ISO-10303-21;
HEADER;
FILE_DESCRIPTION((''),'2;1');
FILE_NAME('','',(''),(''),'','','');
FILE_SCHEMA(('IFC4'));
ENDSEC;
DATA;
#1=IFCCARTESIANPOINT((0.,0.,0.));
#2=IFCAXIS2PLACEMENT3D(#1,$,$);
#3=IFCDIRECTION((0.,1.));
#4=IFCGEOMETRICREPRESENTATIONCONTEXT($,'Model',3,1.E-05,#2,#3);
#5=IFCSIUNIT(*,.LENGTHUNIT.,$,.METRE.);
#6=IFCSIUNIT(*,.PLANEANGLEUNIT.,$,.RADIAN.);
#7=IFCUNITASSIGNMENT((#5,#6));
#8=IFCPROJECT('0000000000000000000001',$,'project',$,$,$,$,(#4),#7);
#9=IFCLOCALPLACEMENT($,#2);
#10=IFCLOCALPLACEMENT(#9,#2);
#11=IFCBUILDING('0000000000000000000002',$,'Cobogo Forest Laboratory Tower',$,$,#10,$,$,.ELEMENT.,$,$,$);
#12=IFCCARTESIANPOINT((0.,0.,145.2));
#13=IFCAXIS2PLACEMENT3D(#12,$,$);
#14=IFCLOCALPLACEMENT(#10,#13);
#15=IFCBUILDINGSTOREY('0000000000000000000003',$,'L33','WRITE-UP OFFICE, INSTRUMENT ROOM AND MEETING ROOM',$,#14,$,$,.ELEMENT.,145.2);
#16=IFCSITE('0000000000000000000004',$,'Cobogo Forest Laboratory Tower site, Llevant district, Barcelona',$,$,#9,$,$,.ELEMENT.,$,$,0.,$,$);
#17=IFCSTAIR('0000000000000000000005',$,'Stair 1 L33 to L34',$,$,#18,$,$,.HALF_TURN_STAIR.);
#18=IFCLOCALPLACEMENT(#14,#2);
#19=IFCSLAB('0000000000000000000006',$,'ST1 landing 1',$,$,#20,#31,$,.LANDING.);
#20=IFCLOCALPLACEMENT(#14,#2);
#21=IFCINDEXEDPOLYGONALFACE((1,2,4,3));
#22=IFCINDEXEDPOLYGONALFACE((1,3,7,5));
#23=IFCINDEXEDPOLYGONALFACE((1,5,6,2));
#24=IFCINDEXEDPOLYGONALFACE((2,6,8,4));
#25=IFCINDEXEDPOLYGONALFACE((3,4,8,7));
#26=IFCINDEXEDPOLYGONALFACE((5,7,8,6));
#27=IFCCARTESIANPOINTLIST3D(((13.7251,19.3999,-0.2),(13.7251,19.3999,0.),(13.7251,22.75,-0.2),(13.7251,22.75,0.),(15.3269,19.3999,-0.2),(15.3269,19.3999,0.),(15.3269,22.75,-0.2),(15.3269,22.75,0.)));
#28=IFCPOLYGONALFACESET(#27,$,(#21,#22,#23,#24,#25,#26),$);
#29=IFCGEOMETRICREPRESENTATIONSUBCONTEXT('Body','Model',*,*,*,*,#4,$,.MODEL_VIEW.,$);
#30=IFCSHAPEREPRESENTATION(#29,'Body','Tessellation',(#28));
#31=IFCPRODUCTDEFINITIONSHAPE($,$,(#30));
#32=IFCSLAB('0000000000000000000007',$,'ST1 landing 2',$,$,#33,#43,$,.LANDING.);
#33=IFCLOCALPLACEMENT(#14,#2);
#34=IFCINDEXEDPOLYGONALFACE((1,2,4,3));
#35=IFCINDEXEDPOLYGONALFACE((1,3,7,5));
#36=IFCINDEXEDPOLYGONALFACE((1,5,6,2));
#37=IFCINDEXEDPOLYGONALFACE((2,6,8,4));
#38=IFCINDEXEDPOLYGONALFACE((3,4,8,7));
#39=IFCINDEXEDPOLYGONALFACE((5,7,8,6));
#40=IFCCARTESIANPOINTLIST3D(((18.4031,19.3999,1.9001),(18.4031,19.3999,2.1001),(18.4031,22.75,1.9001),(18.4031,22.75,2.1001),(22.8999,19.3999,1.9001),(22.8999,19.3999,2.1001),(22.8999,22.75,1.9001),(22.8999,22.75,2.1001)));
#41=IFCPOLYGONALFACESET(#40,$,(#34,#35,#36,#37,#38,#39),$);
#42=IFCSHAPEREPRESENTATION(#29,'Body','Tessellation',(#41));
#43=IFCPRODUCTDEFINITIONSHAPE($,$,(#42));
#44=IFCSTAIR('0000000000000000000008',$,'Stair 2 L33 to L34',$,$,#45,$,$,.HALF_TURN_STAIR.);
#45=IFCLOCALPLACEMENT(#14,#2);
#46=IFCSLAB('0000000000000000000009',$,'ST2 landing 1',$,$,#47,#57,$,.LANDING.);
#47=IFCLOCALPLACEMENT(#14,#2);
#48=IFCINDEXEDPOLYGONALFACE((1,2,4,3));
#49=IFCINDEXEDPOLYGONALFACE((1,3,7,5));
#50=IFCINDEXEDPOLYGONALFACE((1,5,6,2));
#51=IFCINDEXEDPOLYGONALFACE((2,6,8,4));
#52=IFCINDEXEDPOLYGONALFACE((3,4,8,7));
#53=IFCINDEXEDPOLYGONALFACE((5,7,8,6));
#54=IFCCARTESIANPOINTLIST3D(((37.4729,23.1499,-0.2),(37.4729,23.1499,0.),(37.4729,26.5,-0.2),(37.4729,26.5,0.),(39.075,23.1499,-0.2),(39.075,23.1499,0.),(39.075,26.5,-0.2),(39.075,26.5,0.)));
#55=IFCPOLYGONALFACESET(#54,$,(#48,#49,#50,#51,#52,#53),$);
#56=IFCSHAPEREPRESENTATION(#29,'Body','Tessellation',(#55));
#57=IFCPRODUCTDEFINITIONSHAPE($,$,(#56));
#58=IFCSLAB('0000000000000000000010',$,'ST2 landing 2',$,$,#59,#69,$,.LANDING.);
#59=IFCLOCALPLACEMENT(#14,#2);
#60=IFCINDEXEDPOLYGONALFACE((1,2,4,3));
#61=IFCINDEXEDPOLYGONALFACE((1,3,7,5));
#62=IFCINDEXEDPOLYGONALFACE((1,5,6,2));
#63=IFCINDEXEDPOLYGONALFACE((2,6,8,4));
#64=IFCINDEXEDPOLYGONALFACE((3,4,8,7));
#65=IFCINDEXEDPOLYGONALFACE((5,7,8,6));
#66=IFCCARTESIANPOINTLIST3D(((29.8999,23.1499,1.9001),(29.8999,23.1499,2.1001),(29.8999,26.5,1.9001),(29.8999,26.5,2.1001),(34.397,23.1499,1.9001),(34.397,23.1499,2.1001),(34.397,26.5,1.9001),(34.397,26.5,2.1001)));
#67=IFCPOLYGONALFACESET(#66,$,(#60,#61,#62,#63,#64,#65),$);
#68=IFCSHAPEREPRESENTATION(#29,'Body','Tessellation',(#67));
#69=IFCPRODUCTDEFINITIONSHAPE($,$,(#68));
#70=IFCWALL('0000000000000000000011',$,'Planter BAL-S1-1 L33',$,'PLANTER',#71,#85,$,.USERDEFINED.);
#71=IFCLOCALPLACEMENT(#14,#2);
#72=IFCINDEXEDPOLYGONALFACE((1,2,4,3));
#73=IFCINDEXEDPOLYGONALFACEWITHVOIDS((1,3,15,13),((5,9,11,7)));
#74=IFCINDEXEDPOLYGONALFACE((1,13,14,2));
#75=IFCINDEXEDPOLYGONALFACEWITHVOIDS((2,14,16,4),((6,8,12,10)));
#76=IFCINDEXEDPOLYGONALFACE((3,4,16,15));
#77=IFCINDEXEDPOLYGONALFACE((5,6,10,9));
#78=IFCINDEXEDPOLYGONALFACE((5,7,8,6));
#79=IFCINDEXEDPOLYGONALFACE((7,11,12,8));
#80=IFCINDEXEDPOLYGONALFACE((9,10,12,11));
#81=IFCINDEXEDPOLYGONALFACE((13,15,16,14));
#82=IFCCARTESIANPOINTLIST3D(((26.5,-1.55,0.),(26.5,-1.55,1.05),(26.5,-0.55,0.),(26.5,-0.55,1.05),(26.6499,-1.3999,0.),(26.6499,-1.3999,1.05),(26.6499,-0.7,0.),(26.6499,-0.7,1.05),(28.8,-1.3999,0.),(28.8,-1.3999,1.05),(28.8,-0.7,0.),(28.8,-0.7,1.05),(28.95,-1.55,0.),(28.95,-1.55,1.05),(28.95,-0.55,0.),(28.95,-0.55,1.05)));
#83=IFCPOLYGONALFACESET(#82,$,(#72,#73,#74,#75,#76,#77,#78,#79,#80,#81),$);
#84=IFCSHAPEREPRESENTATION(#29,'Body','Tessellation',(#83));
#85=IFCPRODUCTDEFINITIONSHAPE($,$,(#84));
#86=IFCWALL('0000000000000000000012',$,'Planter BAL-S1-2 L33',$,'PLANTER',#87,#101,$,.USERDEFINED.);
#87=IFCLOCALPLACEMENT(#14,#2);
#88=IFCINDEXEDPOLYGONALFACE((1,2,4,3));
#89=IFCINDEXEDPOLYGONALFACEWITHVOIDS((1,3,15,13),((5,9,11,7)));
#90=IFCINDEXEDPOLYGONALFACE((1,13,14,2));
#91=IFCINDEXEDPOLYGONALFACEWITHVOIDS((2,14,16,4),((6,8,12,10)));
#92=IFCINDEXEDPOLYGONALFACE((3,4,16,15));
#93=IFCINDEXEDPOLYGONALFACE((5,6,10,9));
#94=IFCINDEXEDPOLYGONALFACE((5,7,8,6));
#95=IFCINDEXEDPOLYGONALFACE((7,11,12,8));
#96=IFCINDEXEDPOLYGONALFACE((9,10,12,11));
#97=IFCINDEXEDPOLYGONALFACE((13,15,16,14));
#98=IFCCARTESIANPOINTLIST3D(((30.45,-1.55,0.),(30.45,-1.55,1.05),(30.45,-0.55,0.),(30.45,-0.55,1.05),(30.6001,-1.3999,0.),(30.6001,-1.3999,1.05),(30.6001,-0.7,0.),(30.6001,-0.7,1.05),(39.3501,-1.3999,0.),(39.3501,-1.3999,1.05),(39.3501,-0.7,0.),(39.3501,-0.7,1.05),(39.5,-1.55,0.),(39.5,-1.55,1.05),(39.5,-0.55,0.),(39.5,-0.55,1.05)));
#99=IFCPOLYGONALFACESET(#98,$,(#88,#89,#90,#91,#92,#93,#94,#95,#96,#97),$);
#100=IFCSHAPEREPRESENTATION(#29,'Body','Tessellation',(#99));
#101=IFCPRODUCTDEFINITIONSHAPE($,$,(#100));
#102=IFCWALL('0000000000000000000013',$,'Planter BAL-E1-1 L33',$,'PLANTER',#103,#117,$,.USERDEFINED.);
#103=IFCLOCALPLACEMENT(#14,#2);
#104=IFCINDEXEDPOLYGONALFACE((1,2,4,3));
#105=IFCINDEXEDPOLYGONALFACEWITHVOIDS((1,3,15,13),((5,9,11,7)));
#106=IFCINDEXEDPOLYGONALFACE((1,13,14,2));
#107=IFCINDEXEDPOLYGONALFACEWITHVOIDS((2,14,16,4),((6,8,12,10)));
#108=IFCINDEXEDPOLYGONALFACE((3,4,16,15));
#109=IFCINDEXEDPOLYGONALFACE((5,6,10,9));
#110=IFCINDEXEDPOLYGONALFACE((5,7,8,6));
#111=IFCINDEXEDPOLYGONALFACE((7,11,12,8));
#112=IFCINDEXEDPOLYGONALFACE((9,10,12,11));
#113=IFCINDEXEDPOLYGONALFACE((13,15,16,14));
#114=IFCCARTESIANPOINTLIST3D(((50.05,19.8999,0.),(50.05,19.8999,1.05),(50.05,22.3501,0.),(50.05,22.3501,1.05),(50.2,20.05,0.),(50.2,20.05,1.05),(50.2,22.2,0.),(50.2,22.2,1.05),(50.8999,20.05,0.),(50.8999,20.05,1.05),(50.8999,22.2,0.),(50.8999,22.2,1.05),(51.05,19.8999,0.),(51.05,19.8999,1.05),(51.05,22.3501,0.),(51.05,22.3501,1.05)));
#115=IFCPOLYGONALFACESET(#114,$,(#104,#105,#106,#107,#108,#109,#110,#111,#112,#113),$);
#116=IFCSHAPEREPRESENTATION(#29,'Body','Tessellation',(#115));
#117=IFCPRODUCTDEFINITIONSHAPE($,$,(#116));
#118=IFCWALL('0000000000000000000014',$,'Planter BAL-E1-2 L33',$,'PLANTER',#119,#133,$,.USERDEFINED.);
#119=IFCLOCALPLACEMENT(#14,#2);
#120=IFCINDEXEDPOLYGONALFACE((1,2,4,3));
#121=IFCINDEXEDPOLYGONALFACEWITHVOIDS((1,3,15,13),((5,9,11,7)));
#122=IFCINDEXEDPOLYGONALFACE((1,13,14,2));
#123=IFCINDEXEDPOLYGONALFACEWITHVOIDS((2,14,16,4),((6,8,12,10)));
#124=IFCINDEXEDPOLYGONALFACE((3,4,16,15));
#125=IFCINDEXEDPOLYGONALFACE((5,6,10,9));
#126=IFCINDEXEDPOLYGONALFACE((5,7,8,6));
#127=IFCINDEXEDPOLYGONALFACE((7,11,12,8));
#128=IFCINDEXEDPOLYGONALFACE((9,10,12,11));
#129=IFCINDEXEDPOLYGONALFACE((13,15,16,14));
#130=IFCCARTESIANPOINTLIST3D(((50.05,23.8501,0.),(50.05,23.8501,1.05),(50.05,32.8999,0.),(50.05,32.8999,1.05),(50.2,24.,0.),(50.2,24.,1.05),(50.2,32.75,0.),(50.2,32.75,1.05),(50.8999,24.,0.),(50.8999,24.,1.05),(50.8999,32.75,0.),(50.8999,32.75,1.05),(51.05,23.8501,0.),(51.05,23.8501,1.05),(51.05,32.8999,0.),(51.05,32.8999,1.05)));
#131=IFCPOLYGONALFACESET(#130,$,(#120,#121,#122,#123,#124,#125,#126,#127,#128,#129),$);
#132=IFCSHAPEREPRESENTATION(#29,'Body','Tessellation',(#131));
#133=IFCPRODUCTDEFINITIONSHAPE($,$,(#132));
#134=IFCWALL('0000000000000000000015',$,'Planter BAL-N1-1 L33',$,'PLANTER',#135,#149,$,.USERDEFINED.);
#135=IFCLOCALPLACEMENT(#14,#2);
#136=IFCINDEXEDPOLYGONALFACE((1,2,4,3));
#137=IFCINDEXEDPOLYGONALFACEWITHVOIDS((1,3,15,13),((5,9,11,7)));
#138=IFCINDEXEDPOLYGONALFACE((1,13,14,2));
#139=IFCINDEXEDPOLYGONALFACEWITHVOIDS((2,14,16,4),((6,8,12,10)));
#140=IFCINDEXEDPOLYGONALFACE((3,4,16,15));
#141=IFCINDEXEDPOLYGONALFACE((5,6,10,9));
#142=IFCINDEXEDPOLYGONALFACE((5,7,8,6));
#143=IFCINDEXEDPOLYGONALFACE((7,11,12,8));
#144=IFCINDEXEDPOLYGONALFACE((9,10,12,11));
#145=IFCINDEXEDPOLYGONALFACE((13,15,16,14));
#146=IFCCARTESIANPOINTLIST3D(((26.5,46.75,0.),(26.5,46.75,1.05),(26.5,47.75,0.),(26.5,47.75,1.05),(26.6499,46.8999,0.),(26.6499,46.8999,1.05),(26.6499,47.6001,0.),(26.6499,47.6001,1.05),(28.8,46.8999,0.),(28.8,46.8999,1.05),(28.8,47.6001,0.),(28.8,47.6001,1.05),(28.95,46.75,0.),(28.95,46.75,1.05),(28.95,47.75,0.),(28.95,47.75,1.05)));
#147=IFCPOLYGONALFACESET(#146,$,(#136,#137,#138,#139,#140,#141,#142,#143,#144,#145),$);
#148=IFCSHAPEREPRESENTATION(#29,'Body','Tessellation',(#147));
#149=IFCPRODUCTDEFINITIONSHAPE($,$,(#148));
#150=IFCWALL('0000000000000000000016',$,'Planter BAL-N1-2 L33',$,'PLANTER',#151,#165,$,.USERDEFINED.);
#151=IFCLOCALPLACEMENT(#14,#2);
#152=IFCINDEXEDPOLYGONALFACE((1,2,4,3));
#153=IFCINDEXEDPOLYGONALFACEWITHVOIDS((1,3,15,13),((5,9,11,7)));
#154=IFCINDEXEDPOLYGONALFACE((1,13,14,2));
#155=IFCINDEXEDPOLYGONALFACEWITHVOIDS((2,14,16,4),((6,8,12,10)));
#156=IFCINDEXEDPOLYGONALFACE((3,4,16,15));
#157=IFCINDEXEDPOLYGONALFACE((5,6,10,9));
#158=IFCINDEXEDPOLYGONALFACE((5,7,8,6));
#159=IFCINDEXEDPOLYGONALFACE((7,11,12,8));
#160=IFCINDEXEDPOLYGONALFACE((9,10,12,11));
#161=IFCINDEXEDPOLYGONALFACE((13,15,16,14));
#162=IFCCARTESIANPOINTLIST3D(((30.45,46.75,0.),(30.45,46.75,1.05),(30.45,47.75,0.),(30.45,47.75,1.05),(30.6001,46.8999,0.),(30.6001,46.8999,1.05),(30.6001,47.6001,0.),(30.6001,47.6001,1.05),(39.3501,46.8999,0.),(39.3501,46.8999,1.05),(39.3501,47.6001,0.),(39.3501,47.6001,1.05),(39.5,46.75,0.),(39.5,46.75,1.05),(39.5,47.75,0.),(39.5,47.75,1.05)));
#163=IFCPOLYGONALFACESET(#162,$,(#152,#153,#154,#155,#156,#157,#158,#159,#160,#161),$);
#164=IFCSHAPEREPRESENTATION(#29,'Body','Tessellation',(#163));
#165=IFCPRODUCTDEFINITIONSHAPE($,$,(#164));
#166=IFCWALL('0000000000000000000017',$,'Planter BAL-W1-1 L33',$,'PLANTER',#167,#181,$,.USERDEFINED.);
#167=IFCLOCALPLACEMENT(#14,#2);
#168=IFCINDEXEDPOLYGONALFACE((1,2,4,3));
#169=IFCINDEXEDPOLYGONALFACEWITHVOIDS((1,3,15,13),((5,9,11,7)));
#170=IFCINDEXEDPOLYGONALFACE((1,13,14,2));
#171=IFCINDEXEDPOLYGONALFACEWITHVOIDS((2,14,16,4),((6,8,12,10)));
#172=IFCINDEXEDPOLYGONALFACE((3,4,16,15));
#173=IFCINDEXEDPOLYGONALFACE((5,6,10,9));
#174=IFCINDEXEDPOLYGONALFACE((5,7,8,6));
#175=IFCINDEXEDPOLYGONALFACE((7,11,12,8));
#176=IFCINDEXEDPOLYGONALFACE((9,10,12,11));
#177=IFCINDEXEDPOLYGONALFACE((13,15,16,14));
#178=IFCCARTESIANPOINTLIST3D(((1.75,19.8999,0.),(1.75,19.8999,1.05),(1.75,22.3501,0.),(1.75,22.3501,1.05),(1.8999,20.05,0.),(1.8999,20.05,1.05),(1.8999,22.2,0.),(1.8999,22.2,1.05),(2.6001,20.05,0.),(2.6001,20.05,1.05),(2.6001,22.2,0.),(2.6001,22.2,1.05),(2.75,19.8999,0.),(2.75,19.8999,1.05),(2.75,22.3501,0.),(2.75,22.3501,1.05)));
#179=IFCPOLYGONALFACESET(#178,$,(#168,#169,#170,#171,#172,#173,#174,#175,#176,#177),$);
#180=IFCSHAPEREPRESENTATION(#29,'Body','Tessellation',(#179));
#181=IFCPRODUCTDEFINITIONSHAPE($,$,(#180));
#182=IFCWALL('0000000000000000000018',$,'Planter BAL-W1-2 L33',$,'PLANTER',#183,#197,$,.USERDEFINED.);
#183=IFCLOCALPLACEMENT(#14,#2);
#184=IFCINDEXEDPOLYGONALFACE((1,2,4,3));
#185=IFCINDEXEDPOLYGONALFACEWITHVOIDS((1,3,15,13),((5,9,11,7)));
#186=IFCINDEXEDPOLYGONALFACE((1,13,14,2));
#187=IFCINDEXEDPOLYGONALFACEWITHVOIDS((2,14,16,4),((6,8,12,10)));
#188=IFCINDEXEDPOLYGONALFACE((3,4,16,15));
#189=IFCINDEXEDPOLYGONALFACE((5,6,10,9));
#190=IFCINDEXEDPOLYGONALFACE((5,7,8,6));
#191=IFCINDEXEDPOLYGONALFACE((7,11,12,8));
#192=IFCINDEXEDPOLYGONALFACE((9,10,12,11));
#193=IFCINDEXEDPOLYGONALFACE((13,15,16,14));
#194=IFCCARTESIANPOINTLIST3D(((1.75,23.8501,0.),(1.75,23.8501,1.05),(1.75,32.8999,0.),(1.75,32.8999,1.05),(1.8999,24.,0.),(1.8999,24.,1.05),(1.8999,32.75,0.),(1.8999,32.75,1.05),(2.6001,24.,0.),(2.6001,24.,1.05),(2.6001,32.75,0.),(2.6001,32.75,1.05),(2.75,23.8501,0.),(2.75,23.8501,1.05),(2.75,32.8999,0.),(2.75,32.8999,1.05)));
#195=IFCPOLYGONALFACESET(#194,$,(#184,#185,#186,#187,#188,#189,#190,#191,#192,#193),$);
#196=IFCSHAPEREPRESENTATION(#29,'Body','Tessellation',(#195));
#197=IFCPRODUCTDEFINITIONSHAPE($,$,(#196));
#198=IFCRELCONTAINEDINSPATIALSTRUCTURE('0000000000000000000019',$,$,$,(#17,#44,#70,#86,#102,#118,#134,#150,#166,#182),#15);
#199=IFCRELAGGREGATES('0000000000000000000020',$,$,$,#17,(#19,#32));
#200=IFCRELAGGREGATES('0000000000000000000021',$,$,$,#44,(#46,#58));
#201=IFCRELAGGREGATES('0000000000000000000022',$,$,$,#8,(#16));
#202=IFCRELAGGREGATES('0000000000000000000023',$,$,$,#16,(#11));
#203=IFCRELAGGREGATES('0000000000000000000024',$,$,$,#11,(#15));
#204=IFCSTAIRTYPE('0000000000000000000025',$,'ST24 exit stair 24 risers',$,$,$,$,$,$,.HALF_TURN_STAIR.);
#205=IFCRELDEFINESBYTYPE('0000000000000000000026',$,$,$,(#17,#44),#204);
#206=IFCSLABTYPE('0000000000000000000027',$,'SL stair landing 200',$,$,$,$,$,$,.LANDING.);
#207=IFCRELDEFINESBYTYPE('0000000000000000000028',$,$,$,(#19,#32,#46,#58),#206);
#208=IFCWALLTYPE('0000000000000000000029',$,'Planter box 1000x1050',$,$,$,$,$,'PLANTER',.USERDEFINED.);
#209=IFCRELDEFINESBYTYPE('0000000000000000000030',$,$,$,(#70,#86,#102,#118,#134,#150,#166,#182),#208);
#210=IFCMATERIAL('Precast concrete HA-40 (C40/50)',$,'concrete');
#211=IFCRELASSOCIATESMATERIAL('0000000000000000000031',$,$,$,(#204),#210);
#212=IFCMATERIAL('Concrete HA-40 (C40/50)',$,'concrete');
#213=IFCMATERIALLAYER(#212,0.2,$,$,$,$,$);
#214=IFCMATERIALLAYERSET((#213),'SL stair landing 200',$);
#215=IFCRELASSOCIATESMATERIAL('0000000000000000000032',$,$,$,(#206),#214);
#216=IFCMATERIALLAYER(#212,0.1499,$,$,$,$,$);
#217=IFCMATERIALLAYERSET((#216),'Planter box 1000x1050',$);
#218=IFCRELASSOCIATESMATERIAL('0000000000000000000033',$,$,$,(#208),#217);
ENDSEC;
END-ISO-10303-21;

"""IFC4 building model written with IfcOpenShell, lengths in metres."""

from ifc_helpers import new_model, si_unit, direction, frame, origin, place, context, subcontext, project, spatial, polyline, outline, extrude, material, layer, layer_set, type_object, element, aggregate, save


model = new_model("IFC4")

# Units and contexts
model_context = context("Model", 3, precision=1e-05, world=origin(), true_north=direction((0.0, 1.0)))
body_context = subcontext(model_context, "Body", "Model", "MODEL_VIEW")
ifc_project = project(units=[si_unit("LENGTHUNIT", "METRE"), si_unit("PLANEANGLEUNIT", "RADIAN")], contexts=[model_context])

# Site, building, storey
site_placement = place(None, origin())
site = spatial("IfcSite", under=ifc_project, at=site_placement, Name="Cobogo Forest Laboratory Tower site, Llevant district, Barcelona", CompositionType="ELEMENT", RefElevation=0.0)
building_placement = place(site_placement, origin())
building = spatial("IfcBuilding", under=site, at=building_placement, Name="Cobogo Forest Laboratory Tower", CompositionType="ELEMENT")
storey_placement = place(building_placement, frame((0.0, 0.0, 145.2)))
storey = spatial("IfcBuildingStorey", under=building, at=storey_placement, Name="L33", Description="WRITE-UP OFFICE, INSTRUMENT ROOM AND MEETING ROOM", CompositionType="ELEMENT", Elevation=145.2)

# Shared definitions
ifc_material_1 = material(Name="Concrete HA-40 (C40/50)", Category="concrete")

# Stairs, slabs
ifc_material_2 = material(Name="Precast concrete HA-40 (C40/50)", Category="concrete")
stair_type = type_object("IfcStairType", Name="ST24 exit stair 24 risers", PredefinedType="HALF_TURN_STAIR", material=ifc_material_2)
stair_1_placement = place(storey_placement, origin())
stair_1 = element("IfcStair", 1, at=stair_1_placement, inside=storey, type_object=stair_type, Name="Stair 1 L33 to L34", PredefinedType="HALF_TURN_STAIR")
ifc_layer_1 = layer(ifc_material_1, 0.2)
ifc_layer_set_1 = layer_set([ifc_layer_1], Name="SL stair landing 200")
slab_type_1 = type_object("IfcSlabType", Name="SL stair landing 200", PredefinedType="LANDING", material=ifc_layer_set_1)
slab_1_placement = place(storey_placement, frame((0.0, 0.0, -0.2)))
slab_1 = element("IfcSlab", 2, at=slab_1_placement, type_object=slab_type_1, Name="ST1 landing 1", PredefinedType="LANDING", context=body_context, shape_type="SweptSolid", body=[
    extrude(outline(polyline([(13.7251, 19.3999), (15.3269, 19.3999), (15.3269, 22.75), (13.7251, 22.75), (13.7251, 19.3999)])), origin(), (0.0, 0.0, 1.0), 0.2),
])
slab_2_placement = place(storey_placement, frame((0.0, 0.0, 1.9001)))
slab_2 = element("IfcSlab", 3, at=slab_2_placement, type_object=slab_type_1, Name="ST1 landing 2", PredefinedType="LANDING", context=body_context, shape_type="SweptSolid", body=[
    extrude(outline(polyline([(18.4031, 19.3999), (22.8999, 19.3999), (22.8999, 22.75), (18.4031, 22.75), (18.4031, 19.3999)])), origin(), (0.0, 0.0, 1.0), 0.2),
])
aggregate(stair_1, [slab_1, slab_2])
stair_2_placement = place(storey_placement, origin())
stair_2 = element("IfcStair", 4, at=stair_2_placement, inside=storey, type_object=stair_type, Name="Stair 2 L33 to L34", PredefinedType="HALF_TURN_STAIR")
slab_3_placement = place(storey_placement, frame((0.0, 0.0, -0.2)))
slab_3 = element("IfcSlab", 5, at=slab_3_placement, type_object=slab_type_1, Name="ST2 landing 1", PredefinedType="LANDING", context=body_context, shape_type="SweptSolid", body=[
    extrude(outline(polyline([(37.4729, 23.1499), (39.075, 23.1499), (39.075, 26.5), (37.4729, 26.5), (37.4729, 23.1499)])), origin(), (0.0, 0.0, 1.0), 0.2),
])
slab_4_placement = place(storey_placement, frame((0.0, 0.0, 1.9001)))
slab_4 = element("IfcSlab", 6, at=slab_4_placement, type_object=slab_type_1, Name="ST2 landing 2", PredefinedType="LANDING", context=body_context, shape_type="SweptSolid", body=[
    extrude(outline(polyline([(29.8999, 23.1499), (34.397, 23.1499), (34.397, 26.5), (29.8999, 26.5), (29.8999, 23.1499)])), origin(), (0.0, 0.0, 1.0), 0.2),
])
aggregate(stair_2, [slab_3, slab_4])

# Walls
ifc_layer_2 = layer(ifc_material_1, 0.1499)
ifc_layer_set_2 = layer_set([ifc_layer_2], Name="Planter box 1000x1050")
wall_type = type_object("IfcWallType", Name="Planter box 1000x1050", ElementType="PLANTER", PredefinedType="USERDEFINED", material=ifc_layer_set_2)
wall_1_placement = place(storey_placement, origin())
element("IfcWall", 7, at=wall_1_placement, inside=storey, type_object=wall_type, Name="Planter BAL-S1-1 L33", ObjectType="PLANTER", PredefinedType="USERDEFINED", context=body_context, shape_type="SweptSolid", body=[
    extrude(outline(polyline([(26.5, -1.55), (28.95, -1.55), (28.95, -0.55), (26.5, -0.55), (26.5, -1.55)]), holes=[polyline([(26.6499, -1.3999), (28.8, -1.3999), (28.8, -0.7), (26.6499, -0.7), (26.6499, -1.3999)])]), origin(), (0.0, 0.0, 1.0), 1.05),
])
wall_2_placement = place(storey_placement, origin())
element("IfcWall", 8, at=wall_2_placement, inside=storey, type_object=wall_type, Name="Planter BAL-S1-2 L33", ObjectType="PLANTER", PredefinedType="USERDEFINED", context=body_context, shape_type="SweptSolid", body=[
    extrude(outline(polyline([(30.45, -1.55), (39.5, -1.55), (39.5, -0.55), (30.45, -0.55), (30.45, -1.55)]), holes=[polyline([(30.6001, -1.3999), (39.3501, -1.3999), (39.3501, -0.7), (30.6001, -0.7), (30.6001, -1.3999)])]), origin(), (0.0, 0.0, 1.0), 1.05),
])
wall_3_placement = place(storey_placement, origin())
element("IfcWall", 9, at=wall_3_placement, inside=storey, type_object=wall_type, Name="Planter BAL-E1-1 L33", ObjectType="PLANTER", PredefinedType="USERDEFINED", context=body_context, shape_type="SweptSolid", body=[
    extrude(outline(polyline([(50.05, 19.8999), (51.05, 19.8999), (51.05, 22.3501), (50.05, 22.3501), (50.05, 19.8999)]), holes=[polyline([(50.2, 20.05), (50.8999, 20.05), (50.8999, 22.2), (50.2, 22.2), (50.2, 20.05)])]), origin(), (0.0, 0.0, 1.0), 1.05),
])
wall_4_placement = place(storey_placement, origin())
element("IfcWall", 10, at=wall_4_placement, inside=storey, type_object=wall_type, Name="Planter BAL-E1-2 L33", ObjectType="PLANTER", PredefinedType="USERDEFINED", context=body_context, shape_type="SweptSolid", body=[
    extrude(outline(polyline([(50.05, 23.8501), (51.05, 23.8501), (51.05, 32.8999), (50.05, 32.8999), (50.05, 23.8501)]), holes=[polyline([(50.2, 24.0), (50.8999, 24.0), (50.8999, 32.75), (50.2, 32.75), (50.2, 24.0)])]), origin(), (0.0, 0.0, 1.0), 1.05),
])
wall_5_placement = place(storey_placement, origin())
element("IfcWall", 11, at=wall_5_placement, inside=storey, type_object=wall_type, Name="Planter BAL-N1-1 L33", ObjectType="PLANTER", PredefinedType="USERDEFINED", context=body_context, shape_type="SweptSolid", body=[
    extrude(outline(polyline([(26.5, 46.75), (28.95, 46.75), (28.95, 47.75), (26.5, 47.75), (26.5, 46.75)]), holes=[polyline([(26.6499, 46.8999), (28.8, 46.8999), (28.8, 47.6001), (26.6499, 47.6001), (26.6499, 46.8999)])]), origin(), (0.0, 0.0, 1.0), 1.05),
])
wall_6_placement = place(storey_placement, origin())
element("IfcWall", 12, at=wall_6_placement, inside=storey, type_object=wall_type, Name="Planter BAL-N1-2 L33", ObjectType="PLANTER", PredefinedType="USERDEFINED", context=body_context, shape_type="SweptSolid", body=[
    extrude(outline(polyline([(30.45, 46.75), (39.5, 46.75), (39.5, 47.75), (30.45, 47.75), (30.45, 46.75)]), holes=[polyline([(30.6001, 46.8999), (39.3501, 46.8999), (39.3501, 47.6001), (30.6001, 47.6001), (30.6001, 46.8999)])]), origin(), (0.0, 0.0, 1.0), 1.05),
])
wall_7_placement = place(storey_placement, origin())
element("IfcWall", 13, at=wall_7_placement, inside=storey, type_object=wall_type, Name="Planter BAL-W1-1 L33", ObjectType="PLANTER", PredefinedType="USERDEFINED", context=body_context, shape_type="SweptSolid", body=[
    extrude(outline(polyline([(1.75, 19.8999), (2.75, 19.8999), (2.75, 22.3501), (1.75, 22.3501), (1.75, 19.8999)]), holes=[polyline([(1.8999, 20.05), (2.6001, 20.05), (2.6001, 22.2), (1.8999, 22.2), (1.8999, 20.05)])]), origin(), (0.0, 0.0, 1.0), 1.05),
])
wall_8_placement = place(storey_placement, origin())
element("IfcWall", 14, at=wall_8_placement, inside=storey, type_object=wall_type, Name="Planter BAL-W1-2 L33", ObjectType="PLANTER", PredefinedType="USERDEFINED", context=body_context, shape_type="SweptSolid", body=[
    extrude(outline(polyline([(1.75, 23.8501), (2.75, 23.8501), (2.75, 32.8999), (1.75, 32.8999), (1.75, 23.8501)]), holes=[polyline([(1.8999, 24.0), (2.6001, 24.0), (2.6001, 32.75), (1.8999, 32.75), (1.8999, 24.0)])]), origin(), (0.0, 0.0, 1.0), 1.05),
])

save(model, "model.ifc")
